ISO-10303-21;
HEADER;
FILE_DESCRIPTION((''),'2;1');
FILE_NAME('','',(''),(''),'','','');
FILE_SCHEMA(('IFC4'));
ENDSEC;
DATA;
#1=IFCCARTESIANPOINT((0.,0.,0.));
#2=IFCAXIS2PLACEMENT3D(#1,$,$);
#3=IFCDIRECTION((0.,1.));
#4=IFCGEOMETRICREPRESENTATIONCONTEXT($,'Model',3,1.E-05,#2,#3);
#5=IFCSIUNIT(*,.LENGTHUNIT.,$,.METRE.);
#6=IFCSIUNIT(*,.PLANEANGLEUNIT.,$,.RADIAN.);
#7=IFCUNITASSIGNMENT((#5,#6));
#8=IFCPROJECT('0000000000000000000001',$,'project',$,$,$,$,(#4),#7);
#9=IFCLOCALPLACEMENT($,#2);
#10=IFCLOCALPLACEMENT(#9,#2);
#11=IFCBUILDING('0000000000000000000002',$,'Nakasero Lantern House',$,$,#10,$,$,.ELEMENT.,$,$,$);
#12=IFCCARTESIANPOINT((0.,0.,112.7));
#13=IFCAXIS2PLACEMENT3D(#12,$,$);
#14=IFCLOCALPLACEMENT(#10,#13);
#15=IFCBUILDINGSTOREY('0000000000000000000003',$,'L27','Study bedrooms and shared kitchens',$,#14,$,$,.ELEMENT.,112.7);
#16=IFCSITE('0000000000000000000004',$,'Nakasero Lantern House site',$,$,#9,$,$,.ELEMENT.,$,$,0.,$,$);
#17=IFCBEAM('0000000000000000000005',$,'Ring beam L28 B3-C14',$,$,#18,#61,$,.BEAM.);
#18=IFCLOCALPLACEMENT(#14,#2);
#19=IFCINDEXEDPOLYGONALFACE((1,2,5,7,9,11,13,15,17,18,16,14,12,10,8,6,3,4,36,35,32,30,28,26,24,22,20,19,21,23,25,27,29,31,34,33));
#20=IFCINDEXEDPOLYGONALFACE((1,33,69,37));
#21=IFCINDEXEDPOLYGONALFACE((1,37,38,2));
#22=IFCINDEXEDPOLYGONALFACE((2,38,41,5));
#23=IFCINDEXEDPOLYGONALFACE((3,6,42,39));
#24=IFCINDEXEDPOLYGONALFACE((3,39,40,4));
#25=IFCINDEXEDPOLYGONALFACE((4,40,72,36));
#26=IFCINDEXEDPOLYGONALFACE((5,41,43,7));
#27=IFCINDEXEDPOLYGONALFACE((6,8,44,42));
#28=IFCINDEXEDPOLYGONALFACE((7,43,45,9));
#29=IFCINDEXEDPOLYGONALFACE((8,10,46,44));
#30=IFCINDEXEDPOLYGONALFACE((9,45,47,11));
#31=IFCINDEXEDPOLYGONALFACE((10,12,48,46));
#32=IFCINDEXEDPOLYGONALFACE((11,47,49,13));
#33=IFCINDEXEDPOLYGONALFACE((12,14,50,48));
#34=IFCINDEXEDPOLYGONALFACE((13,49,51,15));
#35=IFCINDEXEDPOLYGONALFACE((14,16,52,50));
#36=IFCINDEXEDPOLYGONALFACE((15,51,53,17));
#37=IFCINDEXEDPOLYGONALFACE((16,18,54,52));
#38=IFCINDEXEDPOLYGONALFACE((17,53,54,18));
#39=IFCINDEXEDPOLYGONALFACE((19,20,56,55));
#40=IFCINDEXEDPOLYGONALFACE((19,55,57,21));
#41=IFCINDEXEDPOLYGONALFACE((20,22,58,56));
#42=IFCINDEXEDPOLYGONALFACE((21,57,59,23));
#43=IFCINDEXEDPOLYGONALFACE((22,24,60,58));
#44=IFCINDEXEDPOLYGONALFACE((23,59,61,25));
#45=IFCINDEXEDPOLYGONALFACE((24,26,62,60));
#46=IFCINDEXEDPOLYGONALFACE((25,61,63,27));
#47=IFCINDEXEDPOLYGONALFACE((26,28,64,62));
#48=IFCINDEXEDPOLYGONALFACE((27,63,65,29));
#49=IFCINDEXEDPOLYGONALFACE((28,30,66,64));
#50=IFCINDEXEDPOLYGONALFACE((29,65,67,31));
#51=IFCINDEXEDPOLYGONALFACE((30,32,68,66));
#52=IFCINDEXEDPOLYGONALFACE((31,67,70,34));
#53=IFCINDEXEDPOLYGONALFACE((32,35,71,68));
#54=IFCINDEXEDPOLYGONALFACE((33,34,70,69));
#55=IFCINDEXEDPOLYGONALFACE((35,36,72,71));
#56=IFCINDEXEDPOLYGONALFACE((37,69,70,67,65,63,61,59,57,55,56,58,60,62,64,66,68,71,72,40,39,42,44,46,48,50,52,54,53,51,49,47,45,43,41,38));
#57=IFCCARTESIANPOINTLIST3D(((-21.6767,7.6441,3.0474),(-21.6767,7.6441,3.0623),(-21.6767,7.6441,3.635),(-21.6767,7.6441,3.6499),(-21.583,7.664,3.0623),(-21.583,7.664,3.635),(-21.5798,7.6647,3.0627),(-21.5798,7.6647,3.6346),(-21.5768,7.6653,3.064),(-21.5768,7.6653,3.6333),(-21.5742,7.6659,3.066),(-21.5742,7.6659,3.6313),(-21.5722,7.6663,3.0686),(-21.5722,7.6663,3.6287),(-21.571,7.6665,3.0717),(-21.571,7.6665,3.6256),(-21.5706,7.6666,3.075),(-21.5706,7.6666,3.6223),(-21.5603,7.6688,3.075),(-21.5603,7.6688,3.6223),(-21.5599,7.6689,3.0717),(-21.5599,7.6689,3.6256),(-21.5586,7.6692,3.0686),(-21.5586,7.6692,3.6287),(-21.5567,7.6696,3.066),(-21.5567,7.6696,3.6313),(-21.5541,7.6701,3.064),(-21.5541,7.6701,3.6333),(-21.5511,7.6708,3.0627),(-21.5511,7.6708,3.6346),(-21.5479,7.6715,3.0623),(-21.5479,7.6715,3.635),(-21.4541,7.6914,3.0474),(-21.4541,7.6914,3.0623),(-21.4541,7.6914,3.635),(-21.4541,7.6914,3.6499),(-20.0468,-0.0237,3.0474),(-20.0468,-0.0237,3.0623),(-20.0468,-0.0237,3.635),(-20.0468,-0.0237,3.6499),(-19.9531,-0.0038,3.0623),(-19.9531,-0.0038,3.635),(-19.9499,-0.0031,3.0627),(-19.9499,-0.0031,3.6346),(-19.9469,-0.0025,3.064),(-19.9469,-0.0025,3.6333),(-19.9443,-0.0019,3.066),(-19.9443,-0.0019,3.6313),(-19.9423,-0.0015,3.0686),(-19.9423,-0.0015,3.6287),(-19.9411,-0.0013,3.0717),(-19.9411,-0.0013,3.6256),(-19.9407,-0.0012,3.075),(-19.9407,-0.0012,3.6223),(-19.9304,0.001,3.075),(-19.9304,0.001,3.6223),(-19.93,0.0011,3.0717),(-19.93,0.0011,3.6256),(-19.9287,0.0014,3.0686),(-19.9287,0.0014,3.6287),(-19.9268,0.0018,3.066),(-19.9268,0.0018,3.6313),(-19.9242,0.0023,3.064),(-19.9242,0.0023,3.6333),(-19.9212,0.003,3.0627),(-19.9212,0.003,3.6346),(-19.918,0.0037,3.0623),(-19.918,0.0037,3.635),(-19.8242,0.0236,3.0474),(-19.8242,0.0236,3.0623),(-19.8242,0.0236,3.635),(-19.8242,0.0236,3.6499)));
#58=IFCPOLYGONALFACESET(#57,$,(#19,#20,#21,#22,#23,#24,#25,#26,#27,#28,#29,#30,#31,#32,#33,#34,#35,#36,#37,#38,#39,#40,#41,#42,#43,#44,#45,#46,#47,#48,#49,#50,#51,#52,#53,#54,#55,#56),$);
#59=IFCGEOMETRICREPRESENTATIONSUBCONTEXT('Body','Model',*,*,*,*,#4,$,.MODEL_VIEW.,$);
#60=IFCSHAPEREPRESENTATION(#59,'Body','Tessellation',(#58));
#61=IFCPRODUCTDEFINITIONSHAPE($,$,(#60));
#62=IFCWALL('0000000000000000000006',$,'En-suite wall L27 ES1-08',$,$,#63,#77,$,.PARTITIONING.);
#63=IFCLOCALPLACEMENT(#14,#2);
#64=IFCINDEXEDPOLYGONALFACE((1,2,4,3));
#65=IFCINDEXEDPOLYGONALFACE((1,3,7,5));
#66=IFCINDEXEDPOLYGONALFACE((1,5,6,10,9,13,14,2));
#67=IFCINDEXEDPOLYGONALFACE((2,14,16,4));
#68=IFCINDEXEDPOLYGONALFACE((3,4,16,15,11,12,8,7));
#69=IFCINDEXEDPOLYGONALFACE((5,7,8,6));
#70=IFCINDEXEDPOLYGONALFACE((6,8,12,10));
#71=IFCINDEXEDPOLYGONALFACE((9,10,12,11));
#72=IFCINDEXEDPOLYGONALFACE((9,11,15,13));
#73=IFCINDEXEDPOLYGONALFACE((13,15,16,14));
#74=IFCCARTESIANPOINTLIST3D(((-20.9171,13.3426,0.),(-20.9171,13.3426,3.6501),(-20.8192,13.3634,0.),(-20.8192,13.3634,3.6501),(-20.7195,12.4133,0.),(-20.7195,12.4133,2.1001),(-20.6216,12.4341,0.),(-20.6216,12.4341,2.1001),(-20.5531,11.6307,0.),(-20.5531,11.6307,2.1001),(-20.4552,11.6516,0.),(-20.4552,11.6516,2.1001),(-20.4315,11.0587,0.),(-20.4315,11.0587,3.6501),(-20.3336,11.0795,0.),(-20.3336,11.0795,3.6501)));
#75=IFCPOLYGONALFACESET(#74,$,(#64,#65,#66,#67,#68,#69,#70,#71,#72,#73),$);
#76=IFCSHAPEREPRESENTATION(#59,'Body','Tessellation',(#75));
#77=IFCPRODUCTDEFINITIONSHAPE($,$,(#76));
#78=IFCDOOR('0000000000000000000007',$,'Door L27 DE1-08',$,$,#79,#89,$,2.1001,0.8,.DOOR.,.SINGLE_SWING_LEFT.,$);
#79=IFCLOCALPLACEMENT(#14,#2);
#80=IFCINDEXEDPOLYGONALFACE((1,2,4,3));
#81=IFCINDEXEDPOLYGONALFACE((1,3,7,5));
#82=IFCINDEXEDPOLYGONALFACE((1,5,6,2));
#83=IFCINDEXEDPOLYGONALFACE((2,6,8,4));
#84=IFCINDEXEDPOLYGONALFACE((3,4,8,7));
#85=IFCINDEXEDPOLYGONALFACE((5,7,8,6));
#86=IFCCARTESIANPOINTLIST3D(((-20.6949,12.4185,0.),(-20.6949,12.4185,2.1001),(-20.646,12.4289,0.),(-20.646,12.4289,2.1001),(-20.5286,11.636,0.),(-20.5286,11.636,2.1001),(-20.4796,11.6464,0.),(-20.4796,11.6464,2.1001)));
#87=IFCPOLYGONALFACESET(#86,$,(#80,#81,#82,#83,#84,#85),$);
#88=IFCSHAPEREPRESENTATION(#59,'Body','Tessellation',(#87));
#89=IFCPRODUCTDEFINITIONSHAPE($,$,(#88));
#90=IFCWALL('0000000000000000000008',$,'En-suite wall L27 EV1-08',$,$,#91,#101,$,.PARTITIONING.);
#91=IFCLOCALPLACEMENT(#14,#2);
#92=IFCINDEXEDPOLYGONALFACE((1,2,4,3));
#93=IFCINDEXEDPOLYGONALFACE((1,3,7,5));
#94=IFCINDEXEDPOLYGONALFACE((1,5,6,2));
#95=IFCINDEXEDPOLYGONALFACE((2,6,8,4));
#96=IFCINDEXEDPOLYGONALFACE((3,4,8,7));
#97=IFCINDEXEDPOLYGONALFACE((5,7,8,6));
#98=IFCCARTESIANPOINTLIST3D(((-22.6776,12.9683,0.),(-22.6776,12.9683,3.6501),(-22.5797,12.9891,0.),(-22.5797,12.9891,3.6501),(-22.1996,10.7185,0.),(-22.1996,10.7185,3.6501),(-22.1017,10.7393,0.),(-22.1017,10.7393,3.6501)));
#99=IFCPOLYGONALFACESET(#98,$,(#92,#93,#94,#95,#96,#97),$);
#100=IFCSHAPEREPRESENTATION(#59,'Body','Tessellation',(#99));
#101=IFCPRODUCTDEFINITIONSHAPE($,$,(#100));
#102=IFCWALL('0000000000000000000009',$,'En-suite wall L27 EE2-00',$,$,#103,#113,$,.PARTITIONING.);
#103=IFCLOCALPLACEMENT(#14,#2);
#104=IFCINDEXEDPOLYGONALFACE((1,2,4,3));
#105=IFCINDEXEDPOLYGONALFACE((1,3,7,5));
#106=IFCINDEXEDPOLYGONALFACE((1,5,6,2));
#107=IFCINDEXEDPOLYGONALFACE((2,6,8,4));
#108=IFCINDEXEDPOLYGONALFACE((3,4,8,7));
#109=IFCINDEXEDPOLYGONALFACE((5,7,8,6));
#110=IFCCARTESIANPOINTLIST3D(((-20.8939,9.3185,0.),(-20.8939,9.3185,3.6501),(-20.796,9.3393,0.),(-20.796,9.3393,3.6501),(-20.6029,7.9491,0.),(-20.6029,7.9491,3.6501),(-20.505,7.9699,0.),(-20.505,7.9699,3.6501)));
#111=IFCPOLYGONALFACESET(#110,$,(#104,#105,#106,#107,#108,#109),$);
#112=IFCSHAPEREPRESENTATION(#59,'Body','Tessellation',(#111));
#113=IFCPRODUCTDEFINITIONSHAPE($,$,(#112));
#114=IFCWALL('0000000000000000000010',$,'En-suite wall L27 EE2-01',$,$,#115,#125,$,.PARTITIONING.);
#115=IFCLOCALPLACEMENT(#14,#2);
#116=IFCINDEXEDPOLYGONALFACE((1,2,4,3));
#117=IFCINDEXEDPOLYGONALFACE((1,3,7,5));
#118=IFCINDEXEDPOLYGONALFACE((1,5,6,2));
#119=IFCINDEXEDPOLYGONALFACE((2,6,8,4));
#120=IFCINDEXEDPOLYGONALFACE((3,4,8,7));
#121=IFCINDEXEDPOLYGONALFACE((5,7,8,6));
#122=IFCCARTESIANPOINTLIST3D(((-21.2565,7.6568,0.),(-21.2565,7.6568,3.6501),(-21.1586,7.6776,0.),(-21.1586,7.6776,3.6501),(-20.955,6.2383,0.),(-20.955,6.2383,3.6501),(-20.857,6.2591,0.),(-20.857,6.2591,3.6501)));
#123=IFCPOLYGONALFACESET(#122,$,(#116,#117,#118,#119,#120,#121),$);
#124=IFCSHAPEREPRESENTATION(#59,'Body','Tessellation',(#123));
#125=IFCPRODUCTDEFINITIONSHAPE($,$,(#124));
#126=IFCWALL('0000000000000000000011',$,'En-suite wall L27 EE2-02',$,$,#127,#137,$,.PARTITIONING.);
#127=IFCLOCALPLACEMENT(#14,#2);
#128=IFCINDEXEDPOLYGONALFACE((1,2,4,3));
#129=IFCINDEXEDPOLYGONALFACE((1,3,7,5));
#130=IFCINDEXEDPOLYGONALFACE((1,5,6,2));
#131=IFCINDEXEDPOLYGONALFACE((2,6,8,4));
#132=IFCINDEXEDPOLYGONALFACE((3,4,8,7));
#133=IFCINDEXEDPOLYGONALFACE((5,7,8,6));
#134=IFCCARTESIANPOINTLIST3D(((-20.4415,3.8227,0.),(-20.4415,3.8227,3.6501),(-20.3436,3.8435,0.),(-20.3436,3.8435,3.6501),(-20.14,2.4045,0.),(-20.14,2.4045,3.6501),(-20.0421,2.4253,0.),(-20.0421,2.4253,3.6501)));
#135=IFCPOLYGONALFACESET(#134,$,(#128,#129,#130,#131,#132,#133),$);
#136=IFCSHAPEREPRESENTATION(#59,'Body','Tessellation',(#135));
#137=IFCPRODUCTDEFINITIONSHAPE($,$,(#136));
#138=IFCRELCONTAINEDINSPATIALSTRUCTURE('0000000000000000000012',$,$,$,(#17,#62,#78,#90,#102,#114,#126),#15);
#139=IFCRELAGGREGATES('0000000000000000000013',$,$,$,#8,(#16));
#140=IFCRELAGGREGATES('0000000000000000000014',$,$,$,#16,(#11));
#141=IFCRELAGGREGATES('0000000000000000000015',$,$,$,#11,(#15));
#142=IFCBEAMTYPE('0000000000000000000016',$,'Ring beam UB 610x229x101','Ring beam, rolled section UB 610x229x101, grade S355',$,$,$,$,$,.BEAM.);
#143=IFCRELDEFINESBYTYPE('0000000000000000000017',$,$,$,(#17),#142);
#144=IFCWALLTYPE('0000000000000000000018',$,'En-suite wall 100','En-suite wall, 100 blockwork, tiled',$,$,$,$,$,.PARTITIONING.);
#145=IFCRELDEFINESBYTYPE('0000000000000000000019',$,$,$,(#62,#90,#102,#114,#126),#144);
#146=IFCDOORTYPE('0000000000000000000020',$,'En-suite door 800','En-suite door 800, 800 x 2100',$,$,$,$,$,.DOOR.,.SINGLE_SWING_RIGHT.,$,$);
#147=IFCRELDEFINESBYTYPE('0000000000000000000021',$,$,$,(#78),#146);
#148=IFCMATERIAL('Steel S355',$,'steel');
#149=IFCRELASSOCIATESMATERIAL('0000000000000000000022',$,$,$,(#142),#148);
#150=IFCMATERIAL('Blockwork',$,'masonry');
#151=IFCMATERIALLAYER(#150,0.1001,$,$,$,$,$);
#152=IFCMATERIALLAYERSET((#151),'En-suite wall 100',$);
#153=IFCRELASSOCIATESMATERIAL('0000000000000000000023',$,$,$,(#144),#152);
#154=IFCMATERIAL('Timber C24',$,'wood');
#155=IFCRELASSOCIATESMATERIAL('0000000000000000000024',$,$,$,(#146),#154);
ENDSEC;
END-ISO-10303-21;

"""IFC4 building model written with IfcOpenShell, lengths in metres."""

from ifc_helpers import new_model, si_unit, direction, frame, frame_2d, origin, origin_2d, place, context, subcontext, project, spatial, rectangle, i_section, extrude, material, layer, layer_set, material_profile, profile_set, type_object, element, fill, save


model = new_model("IFC4")

# Units and contexts
model_context = context("Model", 3, precision=1e-05, world=origin(), true_north=direction((0.0, 1.0)))
body_context = subcontext(model_context, "Body", "Model", "MODEL_VIEW")
ifc_project = project(units=[si_unit("LENGTHUNIT", "METRE"), si_unit("PLANEANGLEUNIT", "RADIAN")], contexts=[model_context])

# Site, building, storey
site_placement = place(None, origin())
site = spatial("IfcSite", under=ifc_project, at=site_placement, Name="Nakasero Lantern House site", CompositionType="ELEMENT", RefElevation=0.0)
building_placement = place(site_placement, origin())
building = spatial("IfcBuilding", under=site, at=building_placement, Name="Nakasero Lantern House", CompositionType="ELEMENT")
storey_placement = place(building_placement, frame((0.0, 0.0, 112.7)))
storey = spatial("IfcBuildingStorey", under=building, at=storey_placement, Name="L27", Description="Study bedrooms and shared kitchens", CompositionType="ELEMENT", Elevation=112.7)

# Beam
ifc_material_1 = material(Name="Steel S355", Category="steel")
ifc_material_profile_1 = material_profile(ifc_material_1, i_section(OverallWidth=0.2275, OverallDepth=0.6025, WebThickness=0.0105, FlangeThickness=0.0149, FilletRadius=0.0127, at=origin_2d()), Name="UB 610x229x101")
ifc_profile_set_1 = profile_set([ifc_material_profile_1], Name="Steel S355")
beam_type_1 = type_object("IfcBeamType", Name="Ring beam UB 610x229x101", Description="Ring beam, rolled section UB 610x229x101, grade S355", PredefinedType="BEAM", material=ifc_profile_set_1)
beam_1_placement = place(storey_placement, frame((-21.5654, 7.6677, 3.3486), z_axis=(0.207919, -0.978146, 0.0), x_axis=(0.978146, 0.207919, 0.0)))
element("IfcBeam", 1, at=beam_1_placement, inside=storey, type_object=beam_type_1, Name="Ring beam L28 B3-C14", PredefinedType="BEAM", context=body_context, shape_type="SweptSolid", body=[
    extrude(i_section(OverallWidth=0.2275, OverallDepth=0.6025, WebThickness=0.0105, FlangeThickness=0.0149, FilletRadius=0.0127, at=origin_2d()), origin(), (0.0, 0.0, 1.0), 7.8391),
])

# Wall, opening, door
ifc_material_2 = material(Name="Blockwork", Category="masonry")
ifc_layer_1 = layer(ifc_material_2, 0.1001)
ifc_layer_set_1 = layer_set([ifc_layer_1], Name="En-suite wall 100")
wall_type_1 = type_object("IfcWallType", Name="En-suite wall 100", Description="En-suite wall, 100 blockwork, tiled", PredefinedType="PARTITIONING", material=ifc_layer_set_1)
wall_1_placement = place(storey_placement, frame((-20.3826, 11.0691, 0.0), z_axis=(0.0, 0.0, 1.0), x_axis=(-0.207965, 0.978136, 0.0)))
wall_1 = element("IfcWall", 2, at=wall_1_placement, inside=storey, type_object=wall_type_1, Name="En-suite wall L27 ES1-08", PredefinedType="PARTITIONING", context=body_context, shape_type="SweptSolid", body=[
    extrude(rectangle(XDim=2.335, YDim=0.1001, at=frame_2d((1.1675, 0.0))), origin(), (0.0, 0.0, 1.0), 3.6501),
])
opening_1_placement = place(wall_1_placement, frame((0.585, 0.0, 0.0)))
opening_1 = element("IfcOpeningElement", 3, at=opening_1_placement, cuts=wall_1, PredefinedType="OPENING", context=body_context, shape_type="SweptSolid", body=[
    extrude(rectangle(XDim=0.8, YDim=2.1001, at=frame_2d((0.3999, 1.05))), frame((0.0, 0.0701, 0.0), z_axis=(0.0, -1.0, 0.0), x_axis=(1.0, 0.0, 0.0)), (0.0, 0.0, 1.0), 0.1401),
])
ifc_material_3 = material(Name="Timber C24", Category="wood")
door_type_1 = type_object("IfcDoorType", Name="En-suite door 800", Description="En-suite door 800, 800 x 2100", OperationType="SINGLE_SWING_RIGHT", PredefinedType="DOOR", material=ifc_material_3)
door_1_placement = place(opening_1_placement, origin())
door_1 = element("IfcDoor", 4, at=door_1_placement, inside=storey, type_object=door_type_1, Name="Door L27 DE1-08", OperationType="SINGLE_SWING_LEFT", OverallHeight=2.1001, OverallWidth=0.8, PredefinedType="DOOR", context=body_context, shape_type="SweptSolid", body=[
    extrude(rectangle(XDim=0.8, YDim=2.1001, at=frame_2d((0.3999, 1.05))), frame((0.0, 0.0249, 0.0), z_axis=(0.0, -1.0, 0.0), x_axis=(1.0, 0.0, 0.0)), (0.0, 0.0, 1.0), 0.05),
])
fill(opening_1, door_1)

# Walls
wall_2_placement = place(storey_placement, frame((-22.1506, 10.729, 0.0), z_axis=(0.0, 0.0, 1.0), x_axis=(-0.20784, 0.978163, 0.0)))
element("IfcWall", 5, at=wall_2_placement, inside=storey, type_object=wall_type_1, Name="En-suite wall L27 EV1-08", PredefinedType="PARTITIONING", context=body_context, shape_type="SweptSolid", body=[
    extrude(rectangle(XDim=2.3, YDim=0.1001, at=frame_2d((1.1499, 0.0))), origin(), (0.0, 0.0, 1.0), 3.6501),
])
wall_3_placement = place(storey_placement, frame((-20.845, 9.3289, 0.0), z_axis=(0.0, 0.0, 1.0), x_axis=(0.207873, -0.978156, 0.0)))
element("IfcWall", 6, at=wall_3_placement, inside=storey, type_object=wall_type_1, Name="En-suite wall L27 EE2-00", PredefinedType="PARTITIONING", context=body_context, shape_type="SweptSolid", body=[
    extrude(rectangle(XDim=1.3999, YDim=0.1001, at=frame_2d((0.7, 0.0))), origin(), (0.0, 0.0, 1.0), 3.6501),
])
wall_4_placement = place(storey_placement, frame((-21.2075, 7.6672, 0.0), z_axis=(0.0, 0.0, 1.0), x_axis=(0.207919, -0.978146, 0.0)))
element("IfcWall", 7, at=wall_4_placement, inside=storey, type_object=wall_type_1, Name="En-suite wall L27 EE2-01", PredefinedType="PARTITIONING", context=body_context, shape_type="SweptSolid", body=[
    extrude(rectangle(XDim=1.4502, YDim=0.1001, at=frame_2d((0.7251, 0.0))), origin(), (0.0, 0.0, 1.0), 3.6501),
])
wall_5_placement = place(storey_placement, frame((-20.3926, 3.8333, 0.0), z_axis=(0.0, 0.0, 1.0), x_axis=(0.207953, -0.978139, 0.0)))
element("IfcWall", 8, at=wall_5_placement, inside=storey, type_object=wall_type_1, Name="En-suite wall L27 EE2-02", PredefinedType="PARTITIONING", context=body_context, shape_type="SweptSolid", body=[
    extrude(rectangle(XDim=1.45, YDim=0.1001, at=frame_2d((0.7251, 0.0))), origin(), (0.0, 0.0, 1.0), 3.6501),
])

save(model, "model.ifc")
